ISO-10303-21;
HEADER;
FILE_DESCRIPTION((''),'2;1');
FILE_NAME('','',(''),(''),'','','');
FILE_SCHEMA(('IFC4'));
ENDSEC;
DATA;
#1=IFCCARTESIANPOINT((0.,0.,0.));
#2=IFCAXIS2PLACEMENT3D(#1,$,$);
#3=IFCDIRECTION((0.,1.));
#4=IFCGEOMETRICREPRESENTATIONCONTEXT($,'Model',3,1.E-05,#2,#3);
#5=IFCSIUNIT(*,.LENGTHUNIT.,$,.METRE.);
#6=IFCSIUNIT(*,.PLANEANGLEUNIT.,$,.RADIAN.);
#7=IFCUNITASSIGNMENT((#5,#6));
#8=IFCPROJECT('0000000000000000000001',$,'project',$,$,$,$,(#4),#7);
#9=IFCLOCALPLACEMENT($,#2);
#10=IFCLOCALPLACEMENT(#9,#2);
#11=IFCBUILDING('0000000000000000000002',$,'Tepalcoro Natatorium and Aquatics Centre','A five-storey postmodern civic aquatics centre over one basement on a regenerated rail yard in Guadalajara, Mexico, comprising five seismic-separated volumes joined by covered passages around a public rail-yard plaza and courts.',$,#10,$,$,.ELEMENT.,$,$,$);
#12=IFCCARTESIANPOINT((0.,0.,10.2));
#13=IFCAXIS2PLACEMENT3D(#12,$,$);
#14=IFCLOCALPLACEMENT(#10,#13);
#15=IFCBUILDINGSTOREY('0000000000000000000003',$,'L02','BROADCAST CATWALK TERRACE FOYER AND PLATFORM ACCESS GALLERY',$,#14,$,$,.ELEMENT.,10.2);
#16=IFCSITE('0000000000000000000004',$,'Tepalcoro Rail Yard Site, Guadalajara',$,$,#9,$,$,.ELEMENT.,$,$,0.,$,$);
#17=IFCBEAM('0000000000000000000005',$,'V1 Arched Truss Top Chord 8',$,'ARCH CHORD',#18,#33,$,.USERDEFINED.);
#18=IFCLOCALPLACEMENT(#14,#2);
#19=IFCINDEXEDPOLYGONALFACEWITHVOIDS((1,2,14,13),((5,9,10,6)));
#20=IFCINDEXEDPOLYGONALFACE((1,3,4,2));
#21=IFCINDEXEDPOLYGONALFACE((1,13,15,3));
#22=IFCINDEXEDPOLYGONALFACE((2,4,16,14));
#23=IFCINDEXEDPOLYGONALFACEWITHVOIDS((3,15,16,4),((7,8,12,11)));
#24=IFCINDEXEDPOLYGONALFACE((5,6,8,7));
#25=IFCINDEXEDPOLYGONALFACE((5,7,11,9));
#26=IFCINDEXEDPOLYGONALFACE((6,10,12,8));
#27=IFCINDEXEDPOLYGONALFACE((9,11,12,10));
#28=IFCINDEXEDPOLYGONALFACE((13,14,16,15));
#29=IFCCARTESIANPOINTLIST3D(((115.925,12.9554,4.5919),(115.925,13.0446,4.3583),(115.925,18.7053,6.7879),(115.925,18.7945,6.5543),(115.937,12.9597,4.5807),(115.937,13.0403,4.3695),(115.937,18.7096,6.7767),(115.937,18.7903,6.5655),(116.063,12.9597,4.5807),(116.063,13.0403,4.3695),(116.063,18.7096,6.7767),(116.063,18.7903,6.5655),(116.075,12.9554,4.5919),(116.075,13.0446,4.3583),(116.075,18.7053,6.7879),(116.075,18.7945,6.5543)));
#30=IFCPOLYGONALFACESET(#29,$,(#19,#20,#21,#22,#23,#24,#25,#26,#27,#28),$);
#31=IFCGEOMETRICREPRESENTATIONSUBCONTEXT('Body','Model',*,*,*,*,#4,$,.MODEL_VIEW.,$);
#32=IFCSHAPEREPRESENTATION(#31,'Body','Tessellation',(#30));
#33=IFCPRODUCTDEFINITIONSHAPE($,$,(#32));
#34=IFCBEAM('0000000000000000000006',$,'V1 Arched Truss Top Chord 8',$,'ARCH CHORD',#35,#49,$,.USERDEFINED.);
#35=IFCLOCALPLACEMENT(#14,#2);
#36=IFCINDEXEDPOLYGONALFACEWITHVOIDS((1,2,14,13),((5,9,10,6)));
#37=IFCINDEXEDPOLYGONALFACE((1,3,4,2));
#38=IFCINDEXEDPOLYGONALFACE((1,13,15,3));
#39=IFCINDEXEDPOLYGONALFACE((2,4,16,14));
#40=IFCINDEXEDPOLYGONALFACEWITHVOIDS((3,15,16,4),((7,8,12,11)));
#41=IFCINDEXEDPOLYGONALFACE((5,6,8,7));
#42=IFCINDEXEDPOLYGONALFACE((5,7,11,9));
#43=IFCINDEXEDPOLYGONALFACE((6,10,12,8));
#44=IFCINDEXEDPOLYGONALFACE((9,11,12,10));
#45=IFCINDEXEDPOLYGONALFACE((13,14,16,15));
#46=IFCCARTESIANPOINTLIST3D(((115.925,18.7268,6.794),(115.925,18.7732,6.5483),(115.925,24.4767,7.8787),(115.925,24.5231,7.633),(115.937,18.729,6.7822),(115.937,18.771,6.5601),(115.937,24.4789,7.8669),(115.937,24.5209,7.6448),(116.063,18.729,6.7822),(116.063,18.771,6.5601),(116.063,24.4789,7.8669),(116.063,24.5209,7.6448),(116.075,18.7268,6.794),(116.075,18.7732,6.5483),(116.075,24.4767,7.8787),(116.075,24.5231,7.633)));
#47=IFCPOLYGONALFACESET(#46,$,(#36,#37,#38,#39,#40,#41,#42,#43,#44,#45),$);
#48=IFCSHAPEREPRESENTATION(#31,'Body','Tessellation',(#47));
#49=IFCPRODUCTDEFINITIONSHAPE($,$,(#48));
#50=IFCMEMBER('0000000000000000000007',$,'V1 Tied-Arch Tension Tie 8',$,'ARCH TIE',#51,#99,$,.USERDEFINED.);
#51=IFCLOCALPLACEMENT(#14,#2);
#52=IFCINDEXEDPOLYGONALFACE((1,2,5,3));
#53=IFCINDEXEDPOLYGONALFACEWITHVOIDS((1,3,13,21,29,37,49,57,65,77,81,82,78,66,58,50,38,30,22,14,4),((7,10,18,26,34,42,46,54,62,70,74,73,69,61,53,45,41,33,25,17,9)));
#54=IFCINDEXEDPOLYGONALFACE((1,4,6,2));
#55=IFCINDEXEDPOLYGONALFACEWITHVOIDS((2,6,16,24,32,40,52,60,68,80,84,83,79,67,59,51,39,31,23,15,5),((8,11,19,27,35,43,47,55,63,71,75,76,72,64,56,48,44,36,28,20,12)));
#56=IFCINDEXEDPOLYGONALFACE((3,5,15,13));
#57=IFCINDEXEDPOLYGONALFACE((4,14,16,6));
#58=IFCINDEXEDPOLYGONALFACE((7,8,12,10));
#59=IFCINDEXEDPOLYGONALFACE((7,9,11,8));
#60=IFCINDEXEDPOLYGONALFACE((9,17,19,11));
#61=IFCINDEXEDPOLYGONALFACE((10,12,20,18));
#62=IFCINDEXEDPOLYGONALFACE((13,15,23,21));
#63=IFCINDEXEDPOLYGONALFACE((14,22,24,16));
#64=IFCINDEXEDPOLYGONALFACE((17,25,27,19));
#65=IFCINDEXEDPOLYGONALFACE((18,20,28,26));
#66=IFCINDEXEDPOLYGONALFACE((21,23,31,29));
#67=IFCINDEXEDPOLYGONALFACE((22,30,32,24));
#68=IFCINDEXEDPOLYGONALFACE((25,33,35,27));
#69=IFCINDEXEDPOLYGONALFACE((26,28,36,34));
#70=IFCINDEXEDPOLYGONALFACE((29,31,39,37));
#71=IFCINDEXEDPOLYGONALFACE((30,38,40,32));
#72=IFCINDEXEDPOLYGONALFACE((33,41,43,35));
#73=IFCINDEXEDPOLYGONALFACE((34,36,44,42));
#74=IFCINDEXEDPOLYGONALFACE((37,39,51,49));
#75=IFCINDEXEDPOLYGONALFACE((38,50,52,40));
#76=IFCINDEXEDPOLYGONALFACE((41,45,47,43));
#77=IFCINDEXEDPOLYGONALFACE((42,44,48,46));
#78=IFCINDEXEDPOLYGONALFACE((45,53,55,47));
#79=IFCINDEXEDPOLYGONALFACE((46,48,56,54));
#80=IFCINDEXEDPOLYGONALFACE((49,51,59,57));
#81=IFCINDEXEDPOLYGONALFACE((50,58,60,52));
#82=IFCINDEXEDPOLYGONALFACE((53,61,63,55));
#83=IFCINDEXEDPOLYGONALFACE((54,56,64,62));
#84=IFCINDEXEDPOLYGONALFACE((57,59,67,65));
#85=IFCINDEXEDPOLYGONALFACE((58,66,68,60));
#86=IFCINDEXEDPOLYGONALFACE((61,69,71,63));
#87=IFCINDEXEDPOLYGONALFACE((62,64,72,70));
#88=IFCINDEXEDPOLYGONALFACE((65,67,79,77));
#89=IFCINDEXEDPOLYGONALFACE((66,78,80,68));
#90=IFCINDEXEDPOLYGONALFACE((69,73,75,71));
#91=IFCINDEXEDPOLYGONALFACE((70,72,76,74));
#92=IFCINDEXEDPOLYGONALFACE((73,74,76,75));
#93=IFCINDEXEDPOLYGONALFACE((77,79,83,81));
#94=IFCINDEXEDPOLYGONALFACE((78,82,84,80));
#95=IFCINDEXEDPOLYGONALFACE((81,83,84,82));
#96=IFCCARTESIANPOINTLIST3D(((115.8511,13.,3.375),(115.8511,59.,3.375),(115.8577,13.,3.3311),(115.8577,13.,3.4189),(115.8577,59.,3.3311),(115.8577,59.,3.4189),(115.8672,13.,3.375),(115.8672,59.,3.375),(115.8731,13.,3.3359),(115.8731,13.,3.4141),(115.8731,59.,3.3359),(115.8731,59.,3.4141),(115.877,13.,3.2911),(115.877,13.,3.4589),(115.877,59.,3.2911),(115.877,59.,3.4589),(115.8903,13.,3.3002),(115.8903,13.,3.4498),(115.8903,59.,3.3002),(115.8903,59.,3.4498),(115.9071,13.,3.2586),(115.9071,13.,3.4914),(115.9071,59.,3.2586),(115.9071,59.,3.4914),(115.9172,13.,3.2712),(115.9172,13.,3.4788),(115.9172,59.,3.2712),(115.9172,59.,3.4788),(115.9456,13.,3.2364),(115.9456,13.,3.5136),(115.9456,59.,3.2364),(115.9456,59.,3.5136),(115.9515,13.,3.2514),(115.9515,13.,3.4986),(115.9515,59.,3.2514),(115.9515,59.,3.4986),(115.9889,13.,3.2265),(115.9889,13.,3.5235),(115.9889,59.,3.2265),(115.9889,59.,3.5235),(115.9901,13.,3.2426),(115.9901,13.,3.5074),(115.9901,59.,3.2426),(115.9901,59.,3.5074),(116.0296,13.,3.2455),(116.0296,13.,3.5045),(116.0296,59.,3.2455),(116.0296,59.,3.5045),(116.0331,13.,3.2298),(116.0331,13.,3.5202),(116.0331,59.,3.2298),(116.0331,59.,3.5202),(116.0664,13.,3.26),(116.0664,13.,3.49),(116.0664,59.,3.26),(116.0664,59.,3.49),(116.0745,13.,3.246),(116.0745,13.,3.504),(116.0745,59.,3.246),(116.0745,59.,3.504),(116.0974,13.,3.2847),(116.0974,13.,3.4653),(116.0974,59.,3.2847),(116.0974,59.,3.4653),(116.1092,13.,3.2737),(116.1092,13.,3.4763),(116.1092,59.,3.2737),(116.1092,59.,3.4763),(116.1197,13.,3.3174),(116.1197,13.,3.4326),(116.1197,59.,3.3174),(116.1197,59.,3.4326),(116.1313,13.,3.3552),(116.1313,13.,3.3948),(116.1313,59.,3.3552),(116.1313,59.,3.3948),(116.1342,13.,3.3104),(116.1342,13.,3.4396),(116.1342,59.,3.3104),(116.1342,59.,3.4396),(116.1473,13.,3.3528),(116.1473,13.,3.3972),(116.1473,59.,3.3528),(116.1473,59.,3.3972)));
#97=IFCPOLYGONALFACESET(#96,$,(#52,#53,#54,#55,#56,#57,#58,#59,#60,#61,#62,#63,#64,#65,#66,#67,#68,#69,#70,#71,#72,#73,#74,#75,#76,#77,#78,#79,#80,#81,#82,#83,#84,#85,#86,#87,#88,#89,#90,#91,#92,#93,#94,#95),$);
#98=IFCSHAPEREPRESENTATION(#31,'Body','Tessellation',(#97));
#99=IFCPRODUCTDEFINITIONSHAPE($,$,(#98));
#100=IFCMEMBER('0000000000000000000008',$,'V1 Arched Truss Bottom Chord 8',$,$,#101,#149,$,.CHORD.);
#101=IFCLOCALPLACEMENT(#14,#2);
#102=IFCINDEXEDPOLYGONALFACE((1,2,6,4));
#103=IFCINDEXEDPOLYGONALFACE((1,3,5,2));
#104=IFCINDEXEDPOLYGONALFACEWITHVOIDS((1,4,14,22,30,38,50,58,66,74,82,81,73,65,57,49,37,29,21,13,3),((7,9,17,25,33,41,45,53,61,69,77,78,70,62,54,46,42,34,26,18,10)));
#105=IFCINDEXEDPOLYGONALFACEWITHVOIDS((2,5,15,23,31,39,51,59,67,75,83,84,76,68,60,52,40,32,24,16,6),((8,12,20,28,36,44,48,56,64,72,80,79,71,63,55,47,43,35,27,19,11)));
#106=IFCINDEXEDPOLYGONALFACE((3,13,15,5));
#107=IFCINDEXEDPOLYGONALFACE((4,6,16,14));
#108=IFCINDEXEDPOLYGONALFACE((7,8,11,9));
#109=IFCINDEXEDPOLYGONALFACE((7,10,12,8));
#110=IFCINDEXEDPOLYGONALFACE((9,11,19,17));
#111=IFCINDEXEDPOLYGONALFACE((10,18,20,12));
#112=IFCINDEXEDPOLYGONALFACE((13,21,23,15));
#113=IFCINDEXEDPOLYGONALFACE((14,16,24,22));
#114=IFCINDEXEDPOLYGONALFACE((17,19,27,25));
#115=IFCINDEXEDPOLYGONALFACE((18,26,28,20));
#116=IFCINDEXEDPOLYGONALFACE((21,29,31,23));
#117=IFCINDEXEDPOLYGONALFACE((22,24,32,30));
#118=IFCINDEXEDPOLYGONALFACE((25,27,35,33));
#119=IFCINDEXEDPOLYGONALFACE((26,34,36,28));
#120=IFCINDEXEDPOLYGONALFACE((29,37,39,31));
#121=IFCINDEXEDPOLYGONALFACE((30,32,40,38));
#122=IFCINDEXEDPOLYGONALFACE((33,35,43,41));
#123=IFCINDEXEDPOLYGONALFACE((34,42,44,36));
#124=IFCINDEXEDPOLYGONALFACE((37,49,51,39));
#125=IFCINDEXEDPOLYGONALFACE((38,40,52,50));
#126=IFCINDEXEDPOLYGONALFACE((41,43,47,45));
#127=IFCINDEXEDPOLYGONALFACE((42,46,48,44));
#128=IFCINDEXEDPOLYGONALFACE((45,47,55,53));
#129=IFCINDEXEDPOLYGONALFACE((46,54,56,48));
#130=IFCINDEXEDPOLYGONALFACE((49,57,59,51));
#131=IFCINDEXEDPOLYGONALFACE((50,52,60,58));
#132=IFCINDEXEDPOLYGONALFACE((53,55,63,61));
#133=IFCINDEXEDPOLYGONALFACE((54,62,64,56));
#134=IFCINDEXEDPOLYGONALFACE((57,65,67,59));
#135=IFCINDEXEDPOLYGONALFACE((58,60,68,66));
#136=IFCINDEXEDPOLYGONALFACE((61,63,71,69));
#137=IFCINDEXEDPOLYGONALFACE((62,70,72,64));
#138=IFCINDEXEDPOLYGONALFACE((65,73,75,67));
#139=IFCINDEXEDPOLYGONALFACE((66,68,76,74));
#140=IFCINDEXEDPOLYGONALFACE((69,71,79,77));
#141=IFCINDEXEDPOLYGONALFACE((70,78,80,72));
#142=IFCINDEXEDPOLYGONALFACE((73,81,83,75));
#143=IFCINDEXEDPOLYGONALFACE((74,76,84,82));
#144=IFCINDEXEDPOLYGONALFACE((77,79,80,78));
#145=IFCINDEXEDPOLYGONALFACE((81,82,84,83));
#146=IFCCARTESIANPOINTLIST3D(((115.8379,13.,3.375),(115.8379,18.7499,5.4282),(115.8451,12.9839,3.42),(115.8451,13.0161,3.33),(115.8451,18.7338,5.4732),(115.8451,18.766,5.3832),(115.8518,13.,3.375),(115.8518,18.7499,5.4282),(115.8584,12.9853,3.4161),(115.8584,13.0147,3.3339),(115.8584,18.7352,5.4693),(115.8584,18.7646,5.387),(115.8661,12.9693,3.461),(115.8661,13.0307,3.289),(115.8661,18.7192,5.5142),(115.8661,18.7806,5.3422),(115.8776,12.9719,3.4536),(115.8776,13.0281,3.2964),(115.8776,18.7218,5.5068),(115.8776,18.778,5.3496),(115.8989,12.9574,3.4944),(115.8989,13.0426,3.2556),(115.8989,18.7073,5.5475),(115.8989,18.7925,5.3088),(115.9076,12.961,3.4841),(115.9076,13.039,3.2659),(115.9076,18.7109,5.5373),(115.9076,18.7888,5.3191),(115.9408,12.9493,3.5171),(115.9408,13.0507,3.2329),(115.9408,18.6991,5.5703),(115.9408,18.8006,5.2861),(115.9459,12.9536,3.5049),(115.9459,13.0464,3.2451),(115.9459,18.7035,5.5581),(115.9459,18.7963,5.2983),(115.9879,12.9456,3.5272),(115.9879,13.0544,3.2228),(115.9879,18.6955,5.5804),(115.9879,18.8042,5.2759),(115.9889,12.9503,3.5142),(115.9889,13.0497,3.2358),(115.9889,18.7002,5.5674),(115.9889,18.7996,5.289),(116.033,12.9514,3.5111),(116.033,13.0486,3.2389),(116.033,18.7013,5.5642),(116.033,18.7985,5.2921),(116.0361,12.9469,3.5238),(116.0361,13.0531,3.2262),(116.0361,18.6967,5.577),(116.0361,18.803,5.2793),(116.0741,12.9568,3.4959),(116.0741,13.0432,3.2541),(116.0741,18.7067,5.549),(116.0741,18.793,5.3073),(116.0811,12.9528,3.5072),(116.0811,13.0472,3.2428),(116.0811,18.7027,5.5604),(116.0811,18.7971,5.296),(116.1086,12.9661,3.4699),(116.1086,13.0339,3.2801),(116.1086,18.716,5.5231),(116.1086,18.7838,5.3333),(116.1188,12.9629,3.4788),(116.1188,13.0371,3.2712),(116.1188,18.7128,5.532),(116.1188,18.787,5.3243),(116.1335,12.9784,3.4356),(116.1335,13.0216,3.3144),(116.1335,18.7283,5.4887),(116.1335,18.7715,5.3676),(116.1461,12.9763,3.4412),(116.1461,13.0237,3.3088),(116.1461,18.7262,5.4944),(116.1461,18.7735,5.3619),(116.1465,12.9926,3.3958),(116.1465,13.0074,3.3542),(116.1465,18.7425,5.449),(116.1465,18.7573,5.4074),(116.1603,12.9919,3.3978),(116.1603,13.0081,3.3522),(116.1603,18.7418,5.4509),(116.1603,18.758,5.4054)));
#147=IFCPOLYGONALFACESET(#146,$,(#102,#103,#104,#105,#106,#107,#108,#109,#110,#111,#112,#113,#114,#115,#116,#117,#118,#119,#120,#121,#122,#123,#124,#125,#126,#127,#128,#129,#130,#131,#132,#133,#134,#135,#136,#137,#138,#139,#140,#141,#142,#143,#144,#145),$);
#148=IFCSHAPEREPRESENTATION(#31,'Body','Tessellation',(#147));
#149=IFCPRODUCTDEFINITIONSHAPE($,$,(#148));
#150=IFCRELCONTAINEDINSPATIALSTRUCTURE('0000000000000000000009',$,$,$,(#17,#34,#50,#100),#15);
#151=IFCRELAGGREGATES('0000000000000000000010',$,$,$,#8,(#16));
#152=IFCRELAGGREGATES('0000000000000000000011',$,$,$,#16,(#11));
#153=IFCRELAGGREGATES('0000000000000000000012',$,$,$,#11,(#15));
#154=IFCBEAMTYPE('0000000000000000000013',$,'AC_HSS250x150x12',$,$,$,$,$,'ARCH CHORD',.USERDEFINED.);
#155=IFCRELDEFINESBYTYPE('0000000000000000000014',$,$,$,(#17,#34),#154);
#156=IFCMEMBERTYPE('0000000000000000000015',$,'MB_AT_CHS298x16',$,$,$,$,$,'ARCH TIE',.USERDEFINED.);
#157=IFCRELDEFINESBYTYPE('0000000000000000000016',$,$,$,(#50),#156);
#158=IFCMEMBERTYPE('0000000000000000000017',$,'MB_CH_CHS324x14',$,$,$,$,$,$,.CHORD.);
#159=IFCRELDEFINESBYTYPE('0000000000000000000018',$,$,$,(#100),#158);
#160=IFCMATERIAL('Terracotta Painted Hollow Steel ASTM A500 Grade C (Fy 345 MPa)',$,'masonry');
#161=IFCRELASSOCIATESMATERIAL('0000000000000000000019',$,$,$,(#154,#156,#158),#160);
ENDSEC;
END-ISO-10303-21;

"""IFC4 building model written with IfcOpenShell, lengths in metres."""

from ifc_helpers import new_model, si_unit, direction, frame, origin, origin_2d, place, context, subcontext, project, spatial, hollow_rectangle, hollow_circle, extrude, material, material_profile, profile_set, type_object, element, save


model = new_model("IFC4")

# Units and contexts
model_context = context("Model", 3, precision=1e-05, world=origin(), true_north=direction((0.0, 1.0)))
body_context = subcontext(model_context, "Body", "Model", "MODEL_VIEW")
ifc_project = project(units=[si_unit("LENGTHUNIT", "METRE"), si_unit("PLANEANGLEUNIT", "RADIAN")], contexts=[model_context])

# Site, building, storey
site_placement = place(None, origin())
site = spatial("IfcSite", under=ifc_project, at=site_placement, Name="Tepalcoro Rail Yard Site, Guadalajara", CompositionType="ELEMENT", RefElevation=0.0)
building_placement = place(site_placement, origin())
building = spatial("IfcBuilding", under=site, at=building_placement, Name="Tepalcoro Natatorium and Aquatics Centre", Description="A five-storey postmodern civic aquatics centre over one basement on a regenerated rail yard in Guadalajara, Mexico, comprising five seismic-separated volumes joined by covered passages around a public rail-yard plaza and courts.", CompositionType="ELEMENT")
storey_placement = place(building_placement, frame((0.0, 0.0, 10.2)))
storey = spatial("IfcBuildingStorey", under=building, at=storey_placement, Name="L02", Description="BROADCAST CATWALK TERRACE FOYER AND PLATFORM ACCESS GALLERY", CompositionType="ELEMENT", Elevation=10.2)

# Beams
ifc_material_1 = material(Name="Terracotta Painted Hollow Steel ASTM A500 Grade C (Fy 345 MPa)", Category="masonry")
ifc_material_profile_1 = material_profile(ifc_material_1, hollow_rectangle(XDim=0.1499, YDim=0.25, WallThickness=0.012, at=origin_2d()), Name="HSS250X150X12")
ifc_profile_set_1 = profile_set([ifc_material_profile_1], Name="Terracotta Painted Hollow Steel ASTM A500 Grade C (Fy 345 MPa)")
beam_type = type_object("IfcBeamType", Name="AC_HSS250x150x12", ElementType="ARCH CHORD", PredefinedType="USERDEFINED", material=ifc_profile_set_1)
beam_1_placement = place(storey_placement, frame((116.0, 13.0, 4.4751), z_axis=(0.0, 0.934186, 0.356785), x_axis=(-1.0, 0.0, 0.0)))
element("IfcBeam", 1, at=beam_1_placement, inside=storey, type_object=beam_type, Name="V1 Arched Truss Top Chord 8", ObjectType="ARCH CHORD", PredefinedType="USERDEFINED", context=body_context, shape_type="SweptSolid", body=[
    extrude(hollow_rectangle(XDim=0.1499, YDim=0.25, WallThickness=0.012, at=origin_2d()), origin(), (0.0, 0.0, 1.0), 6.155),
])
beam_2_placement = place(storey_placement, frame((116.0, 18.75, 6.6711), z_axis=(0.0, 0.982668, 0.185377), x_axis=(-1.0, 0.0, 0.0)))
element("IfcBeam", 2, at=beam_2_placement, inside=storey, type_object=beam_type, Name="V1 Arched Truss Top Chord 8", ObjectType="ARCH CHORD", PredefinedType="USERDEFINED", context=body_context, shape_type="SweptSolid", body=[
    extrude(hollow_rectangle(XDim=0.1499, YDim=0.25, WallThickness=0.012, at=origin_2d()), origin(), (0.0, 0.0, 1.0), 5.8513),
])

# Members
ifc_material_profile_2 = material_profile(ifc_material_1, hollow_circle(Radius=0.1489, WallThickness=0.0161, at=origin_2d()), Name="CHS298X16")
ifc_profile_set_2 = profile_set([ifc_material_profile_2], Name="Terracotta Painted Hollow Steel ASTM A500 Grade C (Fy 345 MPa)")
member_type_1 = type_object("IfcMemberType", Name="MB_AT_CHS298x16", ElementType="ARCH TIE", PredefinedType="USERDEFINED", material=ifc_profile_set_2)
member_1_placement = place(storey_placement, frame((116.0, 13.0, 3.375), z_axis=(0.0, 1.0, 0.0), x_axis=(-1.0, 0.0, 0.0)))
element("IfcMember", 3, at=member_1_placement, inside=storey, type_object=member_type_1, Name="V1 Tied-Arch Tension Tie 8", ObjectType="ARCH TIE", PredefinedType="USERDEFINED", context=body_context, shape_type="SweptSolid", body=[
    extrude(hollow_circle(Radius=0.1489, WallThickness=0.0161, at=origin_2d()), origin(), (0.0, 0.0, 1.0), 46.0),
])
ifc_material_profile_3 = material_profile(ifc_material_1, hollow_circle(Radius=0.1621, WallThickness=0.0139, at=origin_2d()), Name="CHS324X14")
ifc_profile_set_3 = profile_set([ifc_material_profile_3], Name="Terracotta Painted Hollow Steel ASTM A500 Grade C (Fy 345 MPa)")
member_type_2 = type_object("IfcMemberType", Name="MB_CH_CHS324x14", PredefinedType="CHORD", material=ifc_profile_set_3)
member_2_placement = place(storey_placement, frame((116.0, 13.0, 3.375), z_axis=(0.0, 0.94176, 0.336286), x_axis=(-1.0, 0.0, 0.0)))
element("IfcMember", 4, at=member_2_placement, inside=storey, type_object=member_type_2, Name="V1 Arched Truss Bottom Chord 8", PredefinedType="CHORD", context=body_context, shape_type="SweptSolid", body=[
    extrude(hollow_circle(Radius=0.1621, WallThickness=0.0139, at=origin_2d()), origin(), (0.0, 0.0, 1.0), 6.1055),
])

save(model, "model.ifc")
